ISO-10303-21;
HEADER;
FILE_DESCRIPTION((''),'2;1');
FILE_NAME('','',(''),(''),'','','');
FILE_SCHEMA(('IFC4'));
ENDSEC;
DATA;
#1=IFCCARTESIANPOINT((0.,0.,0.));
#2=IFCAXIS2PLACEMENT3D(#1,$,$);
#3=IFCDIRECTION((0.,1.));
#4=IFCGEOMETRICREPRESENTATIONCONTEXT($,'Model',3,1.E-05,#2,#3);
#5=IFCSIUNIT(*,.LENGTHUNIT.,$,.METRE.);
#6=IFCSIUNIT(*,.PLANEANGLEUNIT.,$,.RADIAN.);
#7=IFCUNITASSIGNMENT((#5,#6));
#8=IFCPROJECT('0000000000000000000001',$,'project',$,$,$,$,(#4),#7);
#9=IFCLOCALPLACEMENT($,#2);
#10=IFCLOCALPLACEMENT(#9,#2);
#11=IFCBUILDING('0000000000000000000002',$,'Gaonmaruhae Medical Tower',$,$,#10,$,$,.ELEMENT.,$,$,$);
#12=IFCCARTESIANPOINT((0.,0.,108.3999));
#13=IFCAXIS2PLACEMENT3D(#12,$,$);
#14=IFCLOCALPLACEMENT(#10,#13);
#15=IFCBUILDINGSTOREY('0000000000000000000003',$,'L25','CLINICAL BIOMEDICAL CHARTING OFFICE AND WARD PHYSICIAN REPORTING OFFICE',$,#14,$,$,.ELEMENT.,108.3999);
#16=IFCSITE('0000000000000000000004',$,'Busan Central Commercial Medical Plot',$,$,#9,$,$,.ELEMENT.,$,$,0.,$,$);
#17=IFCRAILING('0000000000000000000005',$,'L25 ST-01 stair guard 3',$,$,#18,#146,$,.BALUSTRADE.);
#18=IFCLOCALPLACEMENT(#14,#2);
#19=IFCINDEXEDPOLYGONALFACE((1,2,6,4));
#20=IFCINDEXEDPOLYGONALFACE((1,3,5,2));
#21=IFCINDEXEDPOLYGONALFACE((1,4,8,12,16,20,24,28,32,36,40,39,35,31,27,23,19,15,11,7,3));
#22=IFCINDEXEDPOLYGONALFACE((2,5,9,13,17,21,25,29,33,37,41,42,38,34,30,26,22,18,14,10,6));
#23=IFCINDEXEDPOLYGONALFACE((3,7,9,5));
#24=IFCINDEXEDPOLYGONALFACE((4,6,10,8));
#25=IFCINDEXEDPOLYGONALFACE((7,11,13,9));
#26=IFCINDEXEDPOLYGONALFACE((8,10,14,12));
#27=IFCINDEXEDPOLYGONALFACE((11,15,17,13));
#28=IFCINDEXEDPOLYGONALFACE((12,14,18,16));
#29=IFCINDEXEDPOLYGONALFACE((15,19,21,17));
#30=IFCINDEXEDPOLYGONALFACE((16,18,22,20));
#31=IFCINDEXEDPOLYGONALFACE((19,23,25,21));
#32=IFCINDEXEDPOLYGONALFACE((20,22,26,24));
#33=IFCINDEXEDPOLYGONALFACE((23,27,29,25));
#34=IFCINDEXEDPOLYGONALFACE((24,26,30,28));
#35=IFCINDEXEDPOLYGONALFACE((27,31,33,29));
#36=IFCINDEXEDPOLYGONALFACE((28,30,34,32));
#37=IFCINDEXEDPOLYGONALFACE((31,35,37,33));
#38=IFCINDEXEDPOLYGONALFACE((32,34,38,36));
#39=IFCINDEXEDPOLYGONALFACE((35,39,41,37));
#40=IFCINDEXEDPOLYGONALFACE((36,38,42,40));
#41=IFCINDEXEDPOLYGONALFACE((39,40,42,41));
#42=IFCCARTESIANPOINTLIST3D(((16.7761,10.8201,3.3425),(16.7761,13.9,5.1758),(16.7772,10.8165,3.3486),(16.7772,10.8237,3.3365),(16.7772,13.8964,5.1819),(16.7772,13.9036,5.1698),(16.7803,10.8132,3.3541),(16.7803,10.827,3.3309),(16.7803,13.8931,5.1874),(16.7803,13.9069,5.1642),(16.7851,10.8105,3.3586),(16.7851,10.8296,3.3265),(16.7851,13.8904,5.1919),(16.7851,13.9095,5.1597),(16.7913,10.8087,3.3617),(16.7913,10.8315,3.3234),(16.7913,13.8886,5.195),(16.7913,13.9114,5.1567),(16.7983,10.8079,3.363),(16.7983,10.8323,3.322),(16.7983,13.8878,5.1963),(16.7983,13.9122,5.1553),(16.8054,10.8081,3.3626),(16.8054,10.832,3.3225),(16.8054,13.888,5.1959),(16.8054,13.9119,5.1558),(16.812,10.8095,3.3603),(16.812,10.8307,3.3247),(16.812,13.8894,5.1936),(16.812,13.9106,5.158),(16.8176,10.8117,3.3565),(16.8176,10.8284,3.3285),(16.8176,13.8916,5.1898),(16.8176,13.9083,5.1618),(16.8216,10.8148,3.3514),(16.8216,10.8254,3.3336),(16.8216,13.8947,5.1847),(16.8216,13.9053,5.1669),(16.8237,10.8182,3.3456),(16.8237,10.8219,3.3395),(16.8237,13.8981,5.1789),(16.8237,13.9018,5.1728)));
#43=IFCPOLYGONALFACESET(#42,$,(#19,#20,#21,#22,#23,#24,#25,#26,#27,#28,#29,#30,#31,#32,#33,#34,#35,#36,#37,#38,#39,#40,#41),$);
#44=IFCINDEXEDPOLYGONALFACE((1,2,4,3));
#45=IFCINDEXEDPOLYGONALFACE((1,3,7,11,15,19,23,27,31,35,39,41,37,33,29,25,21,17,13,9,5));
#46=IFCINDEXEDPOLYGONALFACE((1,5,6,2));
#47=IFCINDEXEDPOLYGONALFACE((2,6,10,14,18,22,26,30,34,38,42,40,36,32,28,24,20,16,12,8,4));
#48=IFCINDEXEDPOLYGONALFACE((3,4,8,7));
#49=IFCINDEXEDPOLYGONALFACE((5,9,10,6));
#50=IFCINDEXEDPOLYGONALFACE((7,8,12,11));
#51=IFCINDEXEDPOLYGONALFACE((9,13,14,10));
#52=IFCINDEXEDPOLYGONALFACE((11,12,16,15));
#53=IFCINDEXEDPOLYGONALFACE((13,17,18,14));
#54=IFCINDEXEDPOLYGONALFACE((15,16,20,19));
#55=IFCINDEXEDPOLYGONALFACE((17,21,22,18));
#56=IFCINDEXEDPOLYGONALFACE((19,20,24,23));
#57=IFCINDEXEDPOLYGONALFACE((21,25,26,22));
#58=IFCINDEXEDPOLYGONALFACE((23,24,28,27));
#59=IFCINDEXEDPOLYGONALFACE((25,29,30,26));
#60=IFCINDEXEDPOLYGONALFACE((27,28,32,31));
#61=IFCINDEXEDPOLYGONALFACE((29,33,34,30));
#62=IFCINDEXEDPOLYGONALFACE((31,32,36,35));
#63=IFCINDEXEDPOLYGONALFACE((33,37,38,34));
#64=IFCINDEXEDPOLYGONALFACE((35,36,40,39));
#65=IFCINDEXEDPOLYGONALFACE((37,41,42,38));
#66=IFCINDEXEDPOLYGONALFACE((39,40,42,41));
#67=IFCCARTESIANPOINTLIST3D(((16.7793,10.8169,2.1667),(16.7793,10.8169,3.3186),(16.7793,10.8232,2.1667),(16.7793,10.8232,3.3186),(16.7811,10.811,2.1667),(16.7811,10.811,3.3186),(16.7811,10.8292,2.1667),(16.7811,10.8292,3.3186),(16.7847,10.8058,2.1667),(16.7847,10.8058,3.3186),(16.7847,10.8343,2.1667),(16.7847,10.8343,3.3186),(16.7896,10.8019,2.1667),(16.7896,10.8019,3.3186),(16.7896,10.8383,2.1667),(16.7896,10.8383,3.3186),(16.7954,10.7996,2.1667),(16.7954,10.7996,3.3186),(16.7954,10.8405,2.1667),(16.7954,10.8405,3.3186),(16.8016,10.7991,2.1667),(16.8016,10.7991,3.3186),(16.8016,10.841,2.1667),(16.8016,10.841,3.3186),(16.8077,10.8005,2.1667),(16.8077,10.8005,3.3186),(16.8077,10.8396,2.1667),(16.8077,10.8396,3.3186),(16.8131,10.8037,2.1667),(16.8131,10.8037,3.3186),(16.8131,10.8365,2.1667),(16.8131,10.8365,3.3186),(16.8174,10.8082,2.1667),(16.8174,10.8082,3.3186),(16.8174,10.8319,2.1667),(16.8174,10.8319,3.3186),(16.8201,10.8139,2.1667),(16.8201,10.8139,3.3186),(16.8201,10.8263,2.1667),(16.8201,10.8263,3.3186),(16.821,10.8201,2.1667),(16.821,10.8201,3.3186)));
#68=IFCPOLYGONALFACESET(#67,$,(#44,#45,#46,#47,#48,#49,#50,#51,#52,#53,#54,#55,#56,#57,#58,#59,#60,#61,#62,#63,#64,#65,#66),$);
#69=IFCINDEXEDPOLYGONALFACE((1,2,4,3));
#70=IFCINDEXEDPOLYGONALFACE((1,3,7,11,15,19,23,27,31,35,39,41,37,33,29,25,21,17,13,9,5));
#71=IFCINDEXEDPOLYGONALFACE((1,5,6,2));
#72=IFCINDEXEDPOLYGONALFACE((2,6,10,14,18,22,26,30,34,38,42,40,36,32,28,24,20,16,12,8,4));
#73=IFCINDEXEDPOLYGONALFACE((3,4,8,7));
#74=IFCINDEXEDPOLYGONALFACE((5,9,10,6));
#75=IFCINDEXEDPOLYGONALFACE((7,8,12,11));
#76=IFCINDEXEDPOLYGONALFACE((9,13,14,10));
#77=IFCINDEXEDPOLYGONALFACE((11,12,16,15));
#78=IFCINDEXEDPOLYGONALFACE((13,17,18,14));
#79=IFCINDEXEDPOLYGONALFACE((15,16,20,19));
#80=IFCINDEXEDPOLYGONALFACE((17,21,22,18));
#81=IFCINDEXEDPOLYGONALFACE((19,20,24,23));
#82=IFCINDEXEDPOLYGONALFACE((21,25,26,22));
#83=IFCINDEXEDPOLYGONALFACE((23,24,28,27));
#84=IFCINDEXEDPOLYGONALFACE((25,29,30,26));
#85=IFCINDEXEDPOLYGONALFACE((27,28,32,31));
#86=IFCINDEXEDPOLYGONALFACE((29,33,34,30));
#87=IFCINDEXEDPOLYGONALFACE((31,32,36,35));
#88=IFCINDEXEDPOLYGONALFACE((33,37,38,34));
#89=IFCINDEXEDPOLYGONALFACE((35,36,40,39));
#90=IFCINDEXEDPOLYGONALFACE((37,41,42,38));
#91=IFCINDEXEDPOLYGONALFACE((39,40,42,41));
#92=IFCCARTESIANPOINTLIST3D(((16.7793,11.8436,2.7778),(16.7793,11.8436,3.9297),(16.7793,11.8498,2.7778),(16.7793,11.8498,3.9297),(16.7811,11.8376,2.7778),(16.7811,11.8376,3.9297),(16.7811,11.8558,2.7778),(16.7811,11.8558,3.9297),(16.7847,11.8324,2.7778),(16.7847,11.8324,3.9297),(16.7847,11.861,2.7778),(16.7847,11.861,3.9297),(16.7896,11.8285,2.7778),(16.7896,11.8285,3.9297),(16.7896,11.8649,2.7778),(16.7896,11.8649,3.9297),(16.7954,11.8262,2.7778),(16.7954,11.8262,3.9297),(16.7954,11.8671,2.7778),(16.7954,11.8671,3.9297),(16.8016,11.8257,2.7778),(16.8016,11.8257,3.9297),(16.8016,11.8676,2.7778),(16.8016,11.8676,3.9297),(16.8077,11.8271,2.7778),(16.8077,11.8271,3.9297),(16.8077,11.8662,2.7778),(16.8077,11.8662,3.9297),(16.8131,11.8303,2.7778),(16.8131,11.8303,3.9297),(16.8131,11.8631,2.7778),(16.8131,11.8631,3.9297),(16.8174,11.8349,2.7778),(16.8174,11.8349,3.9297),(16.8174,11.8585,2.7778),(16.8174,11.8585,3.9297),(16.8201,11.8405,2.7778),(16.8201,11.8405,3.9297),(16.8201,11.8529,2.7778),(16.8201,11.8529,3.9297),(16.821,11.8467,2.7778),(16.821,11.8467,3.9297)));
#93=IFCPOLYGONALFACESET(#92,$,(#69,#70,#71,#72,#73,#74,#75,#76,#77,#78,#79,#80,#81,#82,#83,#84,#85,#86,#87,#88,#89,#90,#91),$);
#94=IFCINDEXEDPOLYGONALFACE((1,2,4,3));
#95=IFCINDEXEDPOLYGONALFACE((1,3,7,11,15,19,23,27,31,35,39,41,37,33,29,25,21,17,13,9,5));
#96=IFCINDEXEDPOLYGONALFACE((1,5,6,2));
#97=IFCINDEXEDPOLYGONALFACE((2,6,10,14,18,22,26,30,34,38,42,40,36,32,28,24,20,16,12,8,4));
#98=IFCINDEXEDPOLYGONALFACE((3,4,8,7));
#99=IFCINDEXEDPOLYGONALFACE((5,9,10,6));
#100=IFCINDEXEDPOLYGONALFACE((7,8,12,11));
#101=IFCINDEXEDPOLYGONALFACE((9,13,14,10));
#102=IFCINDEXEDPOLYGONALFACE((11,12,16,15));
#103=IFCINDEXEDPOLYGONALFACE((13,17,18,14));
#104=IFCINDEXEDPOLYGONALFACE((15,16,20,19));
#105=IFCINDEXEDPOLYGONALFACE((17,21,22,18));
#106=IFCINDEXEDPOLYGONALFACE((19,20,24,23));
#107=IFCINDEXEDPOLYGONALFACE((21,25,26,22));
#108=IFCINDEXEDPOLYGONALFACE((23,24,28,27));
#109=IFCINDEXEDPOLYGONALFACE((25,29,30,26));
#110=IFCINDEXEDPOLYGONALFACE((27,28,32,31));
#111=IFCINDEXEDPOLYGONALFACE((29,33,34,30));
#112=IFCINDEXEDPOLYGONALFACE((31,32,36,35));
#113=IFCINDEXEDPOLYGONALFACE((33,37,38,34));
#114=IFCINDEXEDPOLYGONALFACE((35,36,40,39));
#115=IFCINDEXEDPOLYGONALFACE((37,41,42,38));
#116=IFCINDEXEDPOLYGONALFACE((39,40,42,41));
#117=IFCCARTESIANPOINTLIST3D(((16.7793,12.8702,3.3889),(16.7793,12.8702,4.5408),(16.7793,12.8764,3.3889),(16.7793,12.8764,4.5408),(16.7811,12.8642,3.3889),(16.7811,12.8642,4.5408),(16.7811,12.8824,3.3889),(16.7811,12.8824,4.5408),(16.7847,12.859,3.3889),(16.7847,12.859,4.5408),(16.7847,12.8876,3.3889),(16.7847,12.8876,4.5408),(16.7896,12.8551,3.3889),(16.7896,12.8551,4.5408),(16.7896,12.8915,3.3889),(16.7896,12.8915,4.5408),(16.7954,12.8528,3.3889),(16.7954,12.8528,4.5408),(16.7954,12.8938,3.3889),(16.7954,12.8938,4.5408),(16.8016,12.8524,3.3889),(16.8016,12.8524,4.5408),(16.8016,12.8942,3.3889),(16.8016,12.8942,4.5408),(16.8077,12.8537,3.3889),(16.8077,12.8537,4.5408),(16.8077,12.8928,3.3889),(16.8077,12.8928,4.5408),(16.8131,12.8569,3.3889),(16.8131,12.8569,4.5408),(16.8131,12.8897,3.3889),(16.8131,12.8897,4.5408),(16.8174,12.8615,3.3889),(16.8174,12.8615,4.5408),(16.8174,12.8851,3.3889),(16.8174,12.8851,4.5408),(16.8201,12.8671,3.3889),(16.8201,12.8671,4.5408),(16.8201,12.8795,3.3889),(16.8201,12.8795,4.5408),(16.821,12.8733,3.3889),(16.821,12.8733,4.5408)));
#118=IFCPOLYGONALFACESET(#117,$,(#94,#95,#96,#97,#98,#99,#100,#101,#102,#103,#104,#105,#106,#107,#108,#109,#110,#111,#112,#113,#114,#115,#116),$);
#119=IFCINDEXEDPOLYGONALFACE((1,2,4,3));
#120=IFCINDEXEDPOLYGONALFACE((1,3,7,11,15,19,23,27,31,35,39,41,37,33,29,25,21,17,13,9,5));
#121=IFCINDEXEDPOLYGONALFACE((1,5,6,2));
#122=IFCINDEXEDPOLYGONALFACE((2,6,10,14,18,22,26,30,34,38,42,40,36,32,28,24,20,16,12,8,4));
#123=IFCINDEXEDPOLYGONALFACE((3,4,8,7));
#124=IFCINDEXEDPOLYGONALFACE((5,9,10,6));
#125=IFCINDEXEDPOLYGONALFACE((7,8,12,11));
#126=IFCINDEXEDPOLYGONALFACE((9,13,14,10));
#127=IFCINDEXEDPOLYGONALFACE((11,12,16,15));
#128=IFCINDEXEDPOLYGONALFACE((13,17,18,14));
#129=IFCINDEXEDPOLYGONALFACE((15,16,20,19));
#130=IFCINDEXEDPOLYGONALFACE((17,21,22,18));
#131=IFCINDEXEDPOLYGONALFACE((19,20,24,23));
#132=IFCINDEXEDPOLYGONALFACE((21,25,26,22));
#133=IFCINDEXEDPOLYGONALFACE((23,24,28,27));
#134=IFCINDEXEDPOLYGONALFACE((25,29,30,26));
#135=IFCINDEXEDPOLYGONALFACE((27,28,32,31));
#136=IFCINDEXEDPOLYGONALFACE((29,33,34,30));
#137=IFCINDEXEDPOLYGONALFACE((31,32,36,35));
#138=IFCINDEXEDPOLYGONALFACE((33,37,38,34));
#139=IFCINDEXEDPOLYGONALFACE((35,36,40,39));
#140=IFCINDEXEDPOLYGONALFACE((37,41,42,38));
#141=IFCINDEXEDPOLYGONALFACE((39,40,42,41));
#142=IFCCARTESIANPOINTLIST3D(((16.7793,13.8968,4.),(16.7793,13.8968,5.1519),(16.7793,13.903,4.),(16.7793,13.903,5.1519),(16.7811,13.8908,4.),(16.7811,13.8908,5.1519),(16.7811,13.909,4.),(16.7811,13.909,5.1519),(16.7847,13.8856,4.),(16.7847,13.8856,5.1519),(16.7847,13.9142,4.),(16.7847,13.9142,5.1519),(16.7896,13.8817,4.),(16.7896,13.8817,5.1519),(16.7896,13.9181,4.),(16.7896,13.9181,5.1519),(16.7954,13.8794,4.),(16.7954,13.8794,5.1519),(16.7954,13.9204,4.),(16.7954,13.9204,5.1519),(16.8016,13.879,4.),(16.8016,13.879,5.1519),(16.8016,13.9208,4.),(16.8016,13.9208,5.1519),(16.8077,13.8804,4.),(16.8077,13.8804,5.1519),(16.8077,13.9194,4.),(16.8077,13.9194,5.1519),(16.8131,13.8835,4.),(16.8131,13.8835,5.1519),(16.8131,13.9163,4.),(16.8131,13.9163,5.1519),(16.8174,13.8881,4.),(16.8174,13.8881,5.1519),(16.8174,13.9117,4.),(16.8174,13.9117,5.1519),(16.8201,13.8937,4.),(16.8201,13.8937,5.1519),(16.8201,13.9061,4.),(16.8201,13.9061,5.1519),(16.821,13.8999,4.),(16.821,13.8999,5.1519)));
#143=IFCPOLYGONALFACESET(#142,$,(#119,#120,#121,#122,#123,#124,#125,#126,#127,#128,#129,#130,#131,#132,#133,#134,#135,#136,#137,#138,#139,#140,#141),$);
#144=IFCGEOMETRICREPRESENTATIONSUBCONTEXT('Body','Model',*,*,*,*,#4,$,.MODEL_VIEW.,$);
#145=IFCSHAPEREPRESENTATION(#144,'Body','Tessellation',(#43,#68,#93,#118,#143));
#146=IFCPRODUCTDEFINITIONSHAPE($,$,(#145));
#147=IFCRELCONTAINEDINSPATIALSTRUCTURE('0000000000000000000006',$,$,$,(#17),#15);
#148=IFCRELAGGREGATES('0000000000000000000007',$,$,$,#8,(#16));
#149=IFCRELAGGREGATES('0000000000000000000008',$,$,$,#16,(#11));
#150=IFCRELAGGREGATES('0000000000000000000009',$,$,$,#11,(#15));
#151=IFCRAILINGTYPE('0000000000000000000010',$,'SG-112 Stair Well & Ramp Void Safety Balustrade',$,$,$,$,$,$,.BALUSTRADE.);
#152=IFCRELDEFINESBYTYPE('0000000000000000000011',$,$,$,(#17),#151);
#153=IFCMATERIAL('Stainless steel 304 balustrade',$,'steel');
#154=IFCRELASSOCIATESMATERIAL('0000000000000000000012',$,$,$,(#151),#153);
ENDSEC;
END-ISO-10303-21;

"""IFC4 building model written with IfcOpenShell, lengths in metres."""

from ifc_helpers import new_model, si_unit, direction, frame, origin, origin_2d, place, context, subcontext, project, spatial, circle, extrude, material, type_object, element, save


model = new_model("IFC4")

# Units and contexts
model_context = context("Model", 3, precision=1e-05, world=origin(), true_north=direction((0.0, 1.0)))
body_context = subcontext(model_context, "Body", "Model", "MODEL_VIEW")
ifc_project = project(units=[si_unit("LENGTHUNIT", "METRE"), si_unit("PLANEANGLEUNIT", "RADIAN")], contexts=[model_context])

# Site, building, storey
site_placement = place(None, origin())
site = spatial("IfcSite", under=ifc_project, at=site_placement, Name="Busan Central Commercial Medical Plot", CompositionType="ELEMENT", RefElevation=0.0)
building_placement = place(site_placement, origin())
building = spatial("IfcBuilding", under=site, at=building_placement, Name="Gaonmaruhae Medical Tower", CompositionType="ELEMENT")
storey_placement = place(building_placement, frame((0.0, 0.0, 108.3999)))
storey = spatial("IfcBuildingStorey", under=building, at=storey_placement, Name="L25", Description="CLINICAL BIOMEDICAL CHARTING OFFICE AND WARD PHYSICIAN REPORTING OFFICE", CompositionType="ELEMENT", Elevation=108.3999)

# Railing
ifc_material_1 = material(Name="Stainless steel 304 balustrade", Category="steel")
railing_type_1 = type_object("IfcRailingType", Name="SG-112 Stair Well & Ramp Void Safety Balustrade", PredefinedType="BALUSTRADE", material=ifc_material_1)
railing_1_placement = place(storey_placement, frame((16.8, 10.8201, 2.1667)))
element("IfcRailing", 1, at=railing_1_placement, inside=storey, type_object=railing_type_1, Name="L25 ST-01 stair guard 3", PredefinedType="BALUSTRADE", context=body_context, shape_type="SweptSolid", body=[
    extrude(circle(Radius=0.0239, at=origin_2d()), frame((0.0, 0.0, 1.1758), z_axis=(0.0, 0.859291, 0.511487), x_axis=(-1.0, 0.0, 0.0)), (0.0, 0.0, 1.0), 3.5842),
    extrude(circle(Radius=0.021, at=origin_2d()), origin(), (0.0, 0.0, 1.0), 1.1519),
    extrude(circle(Radius=0.021, at=origin_2d()), frame((0.0, 1.0266, 0.6111)), (0.0, 0.0, 1.0), 1.1519),
    extrude(circle(Radius=0.021, at=origin_2d()), frame((0.0, 2.0532, 1.2222)), (0.0, 0.0, 1.0), 1.1519),
    extrude(circle(Radius=0.021, at=origin_2d()), frame((0.0, 3.0798, 1.8333)), (0.0, 0.0, 1.0), 1.1519),
])

save(model, "model.ifc")
